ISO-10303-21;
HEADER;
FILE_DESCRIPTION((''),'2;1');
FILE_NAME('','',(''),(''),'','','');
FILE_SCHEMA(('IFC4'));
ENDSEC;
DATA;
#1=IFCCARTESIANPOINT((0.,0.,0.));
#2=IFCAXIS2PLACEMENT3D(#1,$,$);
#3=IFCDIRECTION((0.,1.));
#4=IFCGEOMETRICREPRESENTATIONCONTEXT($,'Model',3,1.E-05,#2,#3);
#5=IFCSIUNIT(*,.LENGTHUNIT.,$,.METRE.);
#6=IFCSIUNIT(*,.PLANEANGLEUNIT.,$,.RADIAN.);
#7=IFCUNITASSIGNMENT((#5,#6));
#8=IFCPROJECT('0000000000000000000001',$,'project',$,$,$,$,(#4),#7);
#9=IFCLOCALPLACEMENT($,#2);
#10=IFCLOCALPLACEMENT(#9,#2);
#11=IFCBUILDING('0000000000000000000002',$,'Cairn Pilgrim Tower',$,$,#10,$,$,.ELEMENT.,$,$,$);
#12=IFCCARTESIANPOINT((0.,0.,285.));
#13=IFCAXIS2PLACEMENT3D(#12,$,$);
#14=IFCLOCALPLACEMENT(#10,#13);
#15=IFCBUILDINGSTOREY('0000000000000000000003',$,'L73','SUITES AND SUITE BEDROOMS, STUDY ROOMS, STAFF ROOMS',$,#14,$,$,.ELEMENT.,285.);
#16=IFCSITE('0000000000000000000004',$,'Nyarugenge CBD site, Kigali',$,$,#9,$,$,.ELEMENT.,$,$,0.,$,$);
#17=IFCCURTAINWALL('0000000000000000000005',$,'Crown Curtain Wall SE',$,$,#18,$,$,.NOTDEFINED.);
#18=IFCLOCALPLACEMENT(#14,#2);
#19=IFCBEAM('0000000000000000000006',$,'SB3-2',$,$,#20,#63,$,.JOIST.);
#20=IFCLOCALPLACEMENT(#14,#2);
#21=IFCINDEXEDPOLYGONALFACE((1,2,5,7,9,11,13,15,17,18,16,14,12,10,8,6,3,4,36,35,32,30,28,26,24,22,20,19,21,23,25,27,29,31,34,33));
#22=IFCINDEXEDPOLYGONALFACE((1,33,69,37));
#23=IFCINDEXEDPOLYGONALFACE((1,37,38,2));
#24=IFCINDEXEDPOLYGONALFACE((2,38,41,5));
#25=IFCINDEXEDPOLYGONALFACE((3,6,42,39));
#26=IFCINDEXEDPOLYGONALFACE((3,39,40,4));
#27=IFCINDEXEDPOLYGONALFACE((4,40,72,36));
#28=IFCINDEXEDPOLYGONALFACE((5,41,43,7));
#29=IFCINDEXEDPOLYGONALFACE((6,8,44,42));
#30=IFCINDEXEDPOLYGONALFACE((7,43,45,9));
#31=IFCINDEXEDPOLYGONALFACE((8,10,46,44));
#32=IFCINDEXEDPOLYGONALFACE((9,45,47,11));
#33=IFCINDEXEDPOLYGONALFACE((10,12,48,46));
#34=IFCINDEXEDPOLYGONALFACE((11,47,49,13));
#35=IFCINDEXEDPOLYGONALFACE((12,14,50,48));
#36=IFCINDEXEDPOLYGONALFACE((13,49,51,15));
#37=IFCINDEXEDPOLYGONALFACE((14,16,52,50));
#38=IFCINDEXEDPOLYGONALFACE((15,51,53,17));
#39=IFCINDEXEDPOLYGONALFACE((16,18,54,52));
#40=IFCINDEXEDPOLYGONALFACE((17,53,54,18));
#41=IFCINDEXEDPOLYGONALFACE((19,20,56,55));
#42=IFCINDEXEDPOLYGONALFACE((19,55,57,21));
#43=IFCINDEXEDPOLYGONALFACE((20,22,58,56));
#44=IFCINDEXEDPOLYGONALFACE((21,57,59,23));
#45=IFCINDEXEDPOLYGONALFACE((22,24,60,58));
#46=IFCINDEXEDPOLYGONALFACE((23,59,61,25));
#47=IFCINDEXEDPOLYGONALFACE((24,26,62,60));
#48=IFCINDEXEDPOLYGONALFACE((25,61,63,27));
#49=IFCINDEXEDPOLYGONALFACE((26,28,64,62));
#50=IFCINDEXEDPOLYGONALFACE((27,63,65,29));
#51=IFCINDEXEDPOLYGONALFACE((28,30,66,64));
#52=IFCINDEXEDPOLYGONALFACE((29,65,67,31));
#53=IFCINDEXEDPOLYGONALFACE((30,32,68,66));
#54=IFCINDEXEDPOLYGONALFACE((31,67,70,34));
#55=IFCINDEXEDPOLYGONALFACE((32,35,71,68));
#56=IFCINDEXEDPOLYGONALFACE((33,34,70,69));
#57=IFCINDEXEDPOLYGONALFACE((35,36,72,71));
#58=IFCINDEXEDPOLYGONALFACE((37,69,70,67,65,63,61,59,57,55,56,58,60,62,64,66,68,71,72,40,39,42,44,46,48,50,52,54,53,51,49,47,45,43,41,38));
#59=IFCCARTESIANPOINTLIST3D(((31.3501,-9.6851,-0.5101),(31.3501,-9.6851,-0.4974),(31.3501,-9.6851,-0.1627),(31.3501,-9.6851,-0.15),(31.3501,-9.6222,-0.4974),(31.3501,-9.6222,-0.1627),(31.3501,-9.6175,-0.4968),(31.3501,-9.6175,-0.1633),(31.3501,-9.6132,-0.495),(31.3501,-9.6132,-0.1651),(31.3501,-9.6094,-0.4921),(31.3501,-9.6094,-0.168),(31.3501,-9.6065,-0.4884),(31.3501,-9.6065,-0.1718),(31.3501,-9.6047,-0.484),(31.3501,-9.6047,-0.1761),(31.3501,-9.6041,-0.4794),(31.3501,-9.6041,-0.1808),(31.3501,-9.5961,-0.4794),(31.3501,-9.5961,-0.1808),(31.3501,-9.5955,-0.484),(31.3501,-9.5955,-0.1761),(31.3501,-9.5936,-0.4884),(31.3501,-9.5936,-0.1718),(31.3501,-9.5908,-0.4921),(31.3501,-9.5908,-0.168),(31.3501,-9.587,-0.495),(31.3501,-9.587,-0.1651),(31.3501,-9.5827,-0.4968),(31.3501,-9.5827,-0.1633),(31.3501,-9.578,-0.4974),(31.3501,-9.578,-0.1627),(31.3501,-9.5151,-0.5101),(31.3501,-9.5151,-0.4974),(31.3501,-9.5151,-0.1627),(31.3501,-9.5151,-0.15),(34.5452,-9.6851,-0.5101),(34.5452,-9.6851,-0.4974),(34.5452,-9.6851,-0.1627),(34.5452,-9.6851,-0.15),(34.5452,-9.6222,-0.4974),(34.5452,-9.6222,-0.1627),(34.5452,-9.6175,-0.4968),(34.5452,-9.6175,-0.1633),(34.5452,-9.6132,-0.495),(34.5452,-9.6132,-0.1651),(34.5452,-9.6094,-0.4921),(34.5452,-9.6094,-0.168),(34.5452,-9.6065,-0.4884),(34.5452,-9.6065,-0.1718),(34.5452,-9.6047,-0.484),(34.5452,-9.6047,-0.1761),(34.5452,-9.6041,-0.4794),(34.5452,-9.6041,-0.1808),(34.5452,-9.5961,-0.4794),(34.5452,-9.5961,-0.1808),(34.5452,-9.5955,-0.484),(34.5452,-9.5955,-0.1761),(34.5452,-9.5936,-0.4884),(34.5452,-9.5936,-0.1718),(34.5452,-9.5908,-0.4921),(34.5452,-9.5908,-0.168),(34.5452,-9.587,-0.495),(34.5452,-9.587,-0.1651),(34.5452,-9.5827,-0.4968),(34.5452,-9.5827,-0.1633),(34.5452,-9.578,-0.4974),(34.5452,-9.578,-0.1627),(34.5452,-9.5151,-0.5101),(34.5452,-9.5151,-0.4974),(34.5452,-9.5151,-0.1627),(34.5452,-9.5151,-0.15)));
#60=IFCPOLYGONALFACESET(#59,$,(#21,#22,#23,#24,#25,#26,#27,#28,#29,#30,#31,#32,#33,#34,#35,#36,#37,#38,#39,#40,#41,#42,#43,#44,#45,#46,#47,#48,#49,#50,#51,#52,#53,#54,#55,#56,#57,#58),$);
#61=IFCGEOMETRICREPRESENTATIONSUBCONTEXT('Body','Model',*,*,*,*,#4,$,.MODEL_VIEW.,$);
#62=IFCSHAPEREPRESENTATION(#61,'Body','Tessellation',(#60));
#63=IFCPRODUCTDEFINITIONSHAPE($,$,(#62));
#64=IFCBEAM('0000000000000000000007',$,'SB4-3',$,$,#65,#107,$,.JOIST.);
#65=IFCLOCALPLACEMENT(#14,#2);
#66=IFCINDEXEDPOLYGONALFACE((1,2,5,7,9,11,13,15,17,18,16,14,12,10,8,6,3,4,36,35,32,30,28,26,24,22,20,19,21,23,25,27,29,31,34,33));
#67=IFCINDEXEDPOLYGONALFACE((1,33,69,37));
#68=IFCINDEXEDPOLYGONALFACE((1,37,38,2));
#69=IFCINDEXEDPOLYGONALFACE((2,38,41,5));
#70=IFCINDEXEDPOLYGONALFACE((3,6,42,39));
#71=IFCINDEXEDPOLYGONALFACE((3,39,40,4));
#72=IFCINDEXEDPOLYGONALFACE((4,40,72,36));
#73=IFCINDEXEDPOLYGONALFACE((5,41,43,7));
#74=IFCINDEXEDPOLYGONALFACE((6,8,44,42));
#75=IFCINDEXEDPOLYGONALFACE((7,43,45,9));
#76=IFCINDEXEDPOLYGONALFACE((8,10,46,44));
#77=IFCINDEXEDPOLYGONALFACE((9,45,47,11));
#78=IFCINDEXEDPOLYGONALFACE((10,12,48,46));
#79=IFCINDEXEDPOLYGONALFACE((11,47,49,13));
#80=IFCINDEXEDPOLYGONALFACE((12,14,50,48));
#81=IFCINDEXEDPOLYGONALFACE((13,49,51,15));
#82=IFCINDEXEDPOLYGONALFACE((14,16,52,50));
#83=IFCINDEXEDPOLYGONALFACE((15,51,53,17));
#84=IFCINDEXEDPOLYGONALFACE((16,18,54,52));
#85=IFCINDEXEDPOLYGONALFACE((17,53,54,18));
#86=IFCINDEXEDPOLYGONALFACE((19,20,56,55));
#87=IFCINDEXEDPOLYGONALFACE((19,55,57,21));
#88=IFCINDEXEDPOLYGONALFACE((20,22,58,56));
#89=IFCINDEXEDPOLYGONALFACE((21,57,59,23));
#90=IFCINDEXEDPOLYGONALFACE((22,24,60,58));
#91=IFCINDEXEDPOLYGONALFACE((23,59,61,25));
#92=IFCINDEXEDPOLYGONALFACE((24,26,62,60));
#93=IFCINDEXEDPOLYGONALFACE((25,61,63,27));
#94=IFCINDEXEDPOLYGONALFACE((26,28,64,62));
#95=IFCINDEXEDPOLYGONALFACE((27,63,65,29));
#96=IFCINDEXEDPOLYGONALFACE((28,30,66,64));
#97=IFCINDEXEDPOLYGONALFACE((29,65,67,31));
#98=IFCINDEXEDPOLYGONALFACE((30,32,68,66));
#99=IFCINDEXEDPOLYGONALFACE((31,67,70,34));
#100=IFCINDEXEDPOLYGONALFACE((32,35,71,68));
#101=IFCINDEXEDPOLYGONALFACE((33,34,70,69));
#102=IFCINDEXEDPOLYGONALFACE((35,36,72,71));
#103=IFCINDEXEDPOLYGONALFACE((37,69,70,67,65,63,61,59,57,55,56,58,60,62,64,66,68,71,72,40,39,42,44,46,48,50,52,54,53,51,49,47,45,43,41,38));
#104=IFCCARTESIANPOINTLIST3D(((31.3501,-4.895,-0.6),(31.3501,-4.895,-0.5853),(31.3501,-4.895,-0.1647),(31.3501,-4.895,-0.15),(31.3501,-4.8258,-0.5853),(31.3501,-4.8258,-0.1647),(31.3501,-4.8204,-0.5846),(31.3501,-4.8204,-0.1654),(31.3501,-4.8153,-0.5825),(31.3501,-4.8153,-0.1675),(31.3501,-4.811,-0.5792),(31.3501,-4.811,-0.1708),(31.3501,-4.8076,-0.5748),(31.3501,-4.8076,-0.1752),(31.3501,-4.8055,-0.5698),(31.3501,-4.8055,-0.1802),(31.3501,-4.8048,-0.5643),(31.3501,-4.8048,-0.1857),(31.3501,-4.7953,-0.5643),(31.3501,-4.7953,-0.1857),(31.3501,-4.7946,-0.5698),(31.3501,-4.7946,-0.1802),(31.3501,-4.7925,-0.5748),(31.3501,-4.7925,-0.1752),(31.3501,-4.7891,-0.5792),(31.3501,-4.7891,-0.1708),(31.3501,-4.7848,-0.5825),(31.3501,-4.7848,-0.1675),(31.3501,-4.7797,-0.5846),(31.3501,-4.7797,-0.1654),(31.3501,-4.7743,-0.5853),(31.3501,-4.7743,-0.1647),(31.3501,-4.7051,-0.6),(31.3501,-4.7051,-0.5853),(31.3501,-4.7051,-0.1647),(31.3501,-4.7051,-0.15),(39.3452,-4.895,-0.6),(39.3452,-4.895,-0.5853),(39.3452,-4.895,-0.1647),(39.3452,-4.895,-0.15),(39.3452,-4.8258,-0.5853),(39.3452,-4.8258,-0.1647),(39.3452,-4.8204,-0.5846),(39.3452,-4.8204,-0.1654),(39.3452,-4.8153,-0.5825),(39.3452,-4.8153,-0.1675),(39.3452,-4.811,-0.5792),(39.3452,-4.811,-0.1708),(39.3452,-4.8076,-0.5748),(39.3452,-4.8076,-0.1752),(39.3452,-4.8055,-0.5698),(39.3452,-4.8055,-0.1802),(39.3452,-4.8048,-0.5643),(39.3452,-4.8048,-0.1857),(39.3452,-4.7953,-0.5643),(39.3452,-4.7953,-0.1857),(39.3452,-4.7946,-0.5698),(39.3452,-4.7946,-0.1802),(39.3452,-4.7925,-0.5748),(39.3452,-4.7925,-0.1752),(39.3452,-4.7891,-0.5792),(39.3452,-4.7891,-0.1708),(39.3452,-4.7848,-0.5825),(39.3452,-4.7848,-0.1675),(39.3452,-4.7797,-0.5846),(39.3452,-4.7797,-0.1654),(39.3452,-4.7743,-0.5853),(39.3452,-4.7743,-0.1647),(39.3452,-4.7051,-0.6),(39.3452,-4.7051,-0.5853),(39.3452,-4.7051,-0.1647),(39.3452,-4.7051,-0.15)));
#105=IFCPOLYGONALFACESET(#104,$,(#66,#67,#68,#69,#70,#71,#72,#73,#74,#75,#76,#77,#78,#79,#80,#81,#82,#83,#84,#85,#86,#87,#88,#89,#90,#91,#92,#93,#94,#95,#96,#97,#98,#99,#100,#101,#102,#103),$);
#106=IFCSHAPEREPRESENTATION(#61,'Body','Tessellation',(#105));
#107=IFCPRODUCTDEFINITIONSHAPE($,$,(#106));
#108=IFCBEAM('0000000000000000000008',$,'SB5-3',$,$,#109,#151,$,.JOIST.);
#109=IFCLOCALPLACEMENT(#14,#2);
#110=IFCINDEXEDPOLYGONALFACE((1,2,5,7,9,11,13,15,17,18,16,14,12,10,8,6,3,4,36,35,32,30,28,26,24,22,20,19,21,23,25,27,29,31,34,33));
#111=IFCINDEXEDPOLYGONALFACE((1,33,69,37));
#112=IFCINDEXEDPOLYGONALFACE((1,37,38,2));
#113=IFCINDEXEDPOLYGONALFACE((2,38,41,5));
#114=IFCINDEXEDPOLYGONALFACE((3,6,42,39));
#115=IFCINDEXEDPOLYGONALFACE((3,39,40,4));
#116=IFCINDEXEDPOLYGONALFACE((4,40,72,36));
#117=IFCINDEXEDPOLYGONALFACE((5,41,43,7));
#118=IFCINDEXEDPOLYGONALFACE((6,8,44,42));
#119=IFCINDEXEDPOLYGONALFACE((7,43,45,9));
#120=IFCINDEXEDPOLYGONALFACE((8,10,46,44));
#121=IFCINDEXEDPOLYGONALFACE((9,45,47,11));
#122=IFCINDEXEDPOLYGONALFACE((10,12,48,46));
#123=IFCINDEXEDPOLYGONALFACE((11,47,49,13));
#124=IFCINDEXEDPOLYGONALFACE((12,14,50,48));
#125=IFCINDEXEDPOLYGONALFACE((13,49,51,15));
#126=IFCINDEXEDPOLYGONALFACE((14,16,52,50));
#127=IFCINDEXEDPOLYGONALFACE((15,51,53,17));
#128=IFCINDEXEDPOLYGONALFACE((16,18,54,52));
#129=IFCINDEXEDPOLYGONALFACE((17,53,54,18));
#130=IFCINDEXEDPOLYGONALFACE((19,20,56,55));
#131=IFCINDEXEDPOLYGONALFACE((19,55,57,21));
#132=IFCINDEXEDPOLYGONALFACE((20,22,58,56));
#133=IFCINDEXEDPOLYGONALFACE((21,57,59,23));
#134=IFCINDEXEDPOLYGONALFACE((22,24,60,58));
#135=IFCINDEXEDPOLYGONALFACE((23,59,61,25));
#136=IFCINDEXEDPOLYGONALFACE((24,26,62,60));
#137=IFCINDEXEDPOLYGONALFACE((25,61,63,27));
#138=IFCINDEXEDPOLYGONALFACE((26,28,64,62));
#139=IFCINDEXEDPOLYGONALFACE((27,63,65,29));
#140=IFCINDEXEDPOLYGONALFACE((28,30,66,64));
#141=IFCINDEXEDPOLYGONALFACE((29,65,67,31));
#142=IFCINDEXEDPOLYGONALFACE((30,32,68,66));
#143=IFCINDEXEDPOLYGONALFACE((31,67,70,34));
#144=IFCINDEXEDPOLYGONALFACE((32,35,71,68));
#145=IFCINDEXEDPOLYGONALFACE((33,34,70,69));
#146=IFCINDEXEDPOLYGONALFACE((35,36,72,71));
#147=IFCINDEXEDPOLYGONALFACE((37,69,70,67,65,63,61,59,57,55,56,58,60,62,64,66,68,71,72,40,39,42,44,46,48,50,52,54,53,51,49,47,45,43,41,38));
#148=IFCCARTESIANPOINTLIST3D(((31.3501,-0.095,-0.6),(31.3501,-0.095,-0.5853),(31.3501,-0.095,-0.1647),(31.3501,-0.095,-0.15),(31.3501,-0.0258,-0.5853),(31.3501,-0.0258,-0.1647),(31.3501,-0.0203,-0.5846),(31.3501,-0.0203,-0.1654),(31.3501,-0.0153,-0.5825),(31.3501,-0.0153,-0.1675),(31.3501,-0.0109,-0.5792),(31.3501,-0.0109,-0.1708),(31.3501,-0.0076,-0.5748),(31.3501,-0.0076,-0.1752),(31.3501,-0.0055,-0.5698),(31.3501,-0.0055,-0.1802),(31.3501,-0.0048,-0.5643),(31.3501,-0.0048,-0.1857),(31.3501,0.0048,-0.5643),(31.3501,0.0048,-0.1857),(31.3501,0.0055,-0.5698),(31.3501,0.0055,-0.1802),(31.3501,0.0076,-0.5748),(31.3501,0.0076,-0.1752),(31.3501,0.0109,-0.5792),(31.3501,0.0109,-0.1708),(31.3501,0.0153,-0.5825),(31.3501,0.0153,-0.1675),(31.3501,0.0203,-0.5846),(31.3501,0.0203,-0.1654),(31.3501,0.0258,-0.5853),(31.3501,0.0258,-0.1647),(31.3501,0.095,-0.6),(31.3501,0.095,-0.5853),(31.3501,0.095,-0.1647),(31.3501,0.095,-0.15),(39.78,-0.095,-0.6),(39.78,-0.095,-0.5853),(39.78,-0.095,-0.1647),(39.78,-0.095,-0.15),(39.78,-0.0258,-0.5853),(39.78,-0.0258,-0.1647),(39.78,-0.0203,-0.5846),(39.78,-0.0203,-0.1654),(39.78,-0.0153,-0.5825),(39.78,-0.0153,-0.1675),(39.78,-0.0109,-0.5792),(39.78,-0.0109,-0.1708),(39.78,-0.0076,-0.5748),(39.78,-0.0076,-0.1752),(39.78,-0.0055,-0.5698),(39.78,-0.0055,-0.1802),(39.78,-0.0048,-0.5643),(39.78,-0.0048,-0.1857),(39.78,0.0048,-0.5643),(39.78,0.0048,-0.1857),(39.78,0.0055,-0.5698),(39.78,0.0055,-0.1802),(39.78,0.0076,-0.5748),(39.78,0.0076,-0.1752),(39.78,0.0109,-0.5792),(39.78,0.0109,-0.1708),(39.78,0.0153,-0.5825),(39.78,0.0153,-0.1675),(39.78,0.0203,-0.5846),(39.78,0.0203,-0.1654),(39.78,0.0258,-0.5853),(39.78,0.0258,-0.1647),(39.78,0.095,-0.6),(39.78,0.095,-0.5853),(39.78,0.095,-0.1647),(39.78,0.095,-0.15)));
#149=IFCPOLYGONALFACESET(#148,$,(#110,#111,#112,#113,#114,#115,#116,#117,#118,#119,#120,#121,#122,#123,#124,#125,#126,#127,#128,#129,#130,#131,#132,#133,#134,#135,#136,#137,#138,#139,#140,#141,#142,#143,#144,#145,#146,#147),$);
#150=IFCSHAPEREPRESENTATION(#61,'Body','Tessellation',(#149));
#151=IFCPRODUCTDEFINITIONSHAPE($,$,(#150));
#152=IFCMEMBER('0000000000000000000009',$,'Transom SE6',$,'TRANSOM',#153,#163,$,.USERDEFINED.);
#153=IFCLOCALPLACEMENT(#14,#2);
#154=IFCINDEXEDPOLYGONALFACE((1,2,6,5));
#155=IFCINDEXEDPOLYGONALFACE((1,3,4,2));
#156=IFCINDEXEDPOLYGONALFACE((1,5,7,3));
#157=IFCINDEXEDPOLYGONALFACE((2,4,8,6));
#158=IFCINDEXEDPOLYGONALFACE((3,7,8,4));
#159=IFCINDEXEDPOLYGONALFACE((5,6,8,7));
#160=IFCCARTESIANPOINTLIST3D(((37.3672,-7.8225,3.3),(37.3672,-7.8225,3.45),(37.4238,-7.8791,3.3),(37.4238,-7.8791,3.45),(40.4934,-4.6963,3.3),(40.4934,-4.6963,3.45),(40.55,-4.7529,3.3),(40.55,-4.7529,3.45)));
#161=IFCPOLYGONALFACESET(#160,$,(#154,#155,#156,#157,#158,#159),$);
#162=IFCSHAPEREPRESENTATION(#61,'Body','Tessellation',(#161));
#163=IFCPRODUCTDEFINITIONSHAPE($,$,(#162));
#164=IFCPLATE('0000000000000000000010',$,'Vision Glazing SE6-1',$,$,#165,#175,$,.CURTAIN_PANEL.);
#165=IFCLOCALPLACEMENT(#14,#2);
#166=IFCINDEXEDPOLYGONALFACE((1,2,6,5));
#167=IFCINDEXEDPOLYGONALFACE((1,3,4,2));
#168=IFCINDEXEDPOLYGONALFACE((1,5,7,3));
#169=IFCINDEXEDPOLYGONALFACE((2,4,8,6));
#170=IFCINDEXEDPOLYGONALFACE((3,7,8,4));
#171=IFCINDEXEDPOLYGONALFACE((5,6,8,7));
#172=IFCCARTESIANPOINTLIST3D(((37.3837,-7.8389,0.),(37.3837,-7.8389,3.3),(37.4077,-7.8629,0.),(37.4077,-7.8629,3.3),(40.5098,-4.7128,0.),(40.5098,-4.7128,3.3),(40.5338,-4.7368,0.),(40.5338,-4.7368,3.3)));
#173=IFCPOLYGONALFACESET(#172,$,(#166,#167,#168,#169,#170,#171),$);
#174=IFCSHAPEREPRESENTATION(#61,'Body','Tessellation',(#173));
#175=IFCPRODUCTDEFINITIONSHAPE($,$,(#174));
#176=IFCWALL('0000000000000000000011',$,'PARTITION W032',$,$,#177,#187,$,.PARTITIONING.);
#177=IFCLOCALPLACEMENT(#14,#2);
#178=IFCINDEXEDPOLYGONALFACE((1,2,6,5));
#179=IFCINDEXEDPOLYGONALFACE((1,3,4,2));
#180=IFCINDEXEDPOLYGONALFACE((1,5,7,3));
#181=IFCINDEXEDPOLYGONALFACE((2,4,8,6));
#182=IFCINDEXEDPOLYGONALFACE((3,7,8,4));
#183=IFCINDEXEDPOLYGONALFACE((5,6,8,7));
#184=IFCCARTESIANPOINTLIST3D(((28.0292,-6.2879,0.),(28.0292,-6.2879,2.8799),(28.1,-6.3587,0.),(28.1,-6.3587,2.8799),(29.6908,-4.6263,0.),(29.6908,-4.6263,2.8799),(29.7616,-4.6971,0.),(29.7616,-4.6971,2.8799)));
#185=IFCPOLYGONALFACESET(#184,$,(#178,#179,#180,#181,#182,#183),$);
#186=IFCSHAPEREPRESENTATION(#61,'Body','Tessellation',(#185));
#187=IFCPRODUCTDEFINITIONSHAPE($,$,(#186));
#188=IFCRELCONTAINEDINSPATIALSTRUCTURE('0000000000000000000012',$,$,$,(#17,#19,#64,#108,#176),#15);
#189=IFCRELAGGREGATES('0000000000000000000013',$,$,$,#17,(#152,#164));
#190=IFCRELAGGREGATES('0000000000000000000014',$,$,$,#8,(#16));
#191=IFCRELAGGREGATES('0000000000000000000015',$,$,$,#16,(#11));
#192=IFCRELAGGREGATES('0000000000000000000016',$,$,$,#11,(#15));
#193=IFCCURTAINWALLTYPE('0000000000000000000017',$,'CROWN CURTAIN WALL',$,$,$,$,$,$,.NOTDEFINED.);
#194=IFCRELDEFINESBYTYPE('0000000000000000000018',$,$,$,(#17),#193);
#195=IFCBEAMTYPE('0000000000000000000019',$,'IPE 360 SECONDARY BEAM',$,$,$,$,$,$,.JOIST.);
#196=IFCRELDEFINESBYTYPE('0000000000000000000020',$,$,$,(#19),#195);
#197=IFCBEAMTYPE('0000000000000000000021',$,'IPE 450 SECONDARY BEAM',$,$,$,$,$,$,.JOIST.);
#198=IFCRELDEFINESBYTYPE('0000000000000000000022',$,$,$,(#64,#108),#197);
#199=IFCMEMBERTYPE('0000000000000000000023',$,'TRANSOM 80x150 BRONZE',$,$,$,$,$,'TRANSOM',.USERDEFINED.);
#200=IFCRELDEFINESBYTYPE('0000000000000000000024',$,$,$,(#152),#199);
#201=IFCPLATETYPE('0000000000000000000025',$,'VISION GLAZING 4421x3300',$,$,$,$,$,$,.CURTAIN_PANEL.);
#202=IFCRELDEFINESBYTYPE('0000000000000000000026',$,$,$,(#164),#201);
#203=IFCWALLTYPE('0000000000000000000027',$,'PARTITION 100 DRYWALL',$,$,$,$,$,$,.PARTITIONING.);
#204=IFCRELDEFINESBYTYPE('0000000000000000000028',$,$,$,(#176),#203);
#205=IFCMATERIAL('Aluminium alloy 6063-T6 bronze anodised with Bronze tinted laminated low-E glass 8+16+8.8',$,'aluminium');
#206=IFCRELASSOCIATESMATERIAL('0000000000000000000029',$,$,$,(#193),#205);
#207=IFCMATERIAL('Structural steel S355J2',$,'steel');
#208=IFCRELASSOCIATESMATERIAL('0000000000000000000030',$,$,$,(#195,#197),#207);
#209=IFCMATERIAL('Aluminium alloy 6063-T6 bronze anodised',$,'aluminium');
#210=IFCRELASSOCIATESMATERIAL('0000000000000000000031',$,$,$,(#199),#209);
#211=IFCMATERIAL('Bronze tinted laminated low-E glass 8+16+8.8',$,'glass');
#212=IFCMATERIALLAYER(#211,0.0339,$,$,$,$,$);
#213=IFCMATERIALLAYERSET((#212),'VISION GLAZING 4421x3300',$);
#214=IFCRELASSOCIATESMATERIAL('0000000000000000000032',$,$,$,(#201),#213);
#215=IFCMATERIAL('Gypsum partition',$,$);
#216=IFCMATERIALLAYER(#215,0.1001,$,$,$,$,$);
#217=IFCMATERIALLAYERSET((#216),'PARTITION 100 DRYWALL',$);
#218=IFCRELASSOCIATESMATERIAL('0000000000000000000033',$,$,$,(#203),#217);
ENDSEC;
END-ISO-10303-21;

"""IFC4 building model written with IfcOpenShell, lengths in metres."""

from ifc_helpers import new_model, si_unit, direction, frame, frame_2d, origin, origin_2d, place, context, subcontext, project, spatial, rectangle, i_section, extrude, material, layer, layer_set, material_profile, profile_set, type_object, element, aggregate, save


model = new_model("IFC4")

# Units and contexts
model_context = context("Model", 3, precision=1e-05, world=origin(), true_north=direction((0.0, 1.0)))
body_context = subcontext(model_context, "Body", "Model", "MODEL_VIEW")
ifc_project = project(units=[si_unit("LENGTHUNIT", "METRE"), si_unit("PLANEANGLEUNIT", "RADIAN")], contexts=[model_context])

# Site, building, storey
site_placement = place(None, origin())
site = spatial("IfcSite", under=ifc_project, at=site_placement, Name="Nyarugenge CBD site, Kigali", CompositionType="ELEMENT", RefElevation=0.0)
building_placement = place(site_placement, origin())
building = spatial("IfcBuilding", under=site, at=building_placement, Name="Cairn Pilgrim Tower", CompositionType="ELEMENT")
storey_placement = place(building_placement, frame((0.0, 0.0, 285.0)))
storey = spatial("IfcBuildingStorey", under=building, at=storey_placement, Name="L73", Description="SUITES AND SUITE BEDROOMS, STUDY ROOMS, STAFF ROOMS", CompositionType="ELEMENT", Elevation=285.0)

# Shared definitions
ifc_material_1 = material(Name="Structural steel S355J2", Category="steel")

# Curtain wall
ifc_material_2 = material(Name="Aluminium alloy 6063-T6 bronze anodised with Bronze tinted laminated low-E glass 8+16+8.8", Category="aluminium")
curtain_wall_type = type_object("IfcCurtainWallType", Name="CROWN CURTAIN WALL", PredefinedType="NOTDEFINED", material=ifc_material_2)
curtain_wall_1_placement = place(storey_placement, origin())
curtain_wall_1 = element("IfcCurtainWall", 1, at=curtain_wall_1_placement, inside=storey, type_object=curtain_wall_type, Name="Crown Curtain Wall SE", PredefinedType="NOTDEFINED")
ifc_material_3 = material(Name="Aluminium alloy 6063-T6 bronze anodised", Category="aluminium")

# Beams
ifc_material_profile_1 = material_profile(ifc_material_1, i_section(OverallWidth=0.1699, OverallDepth=0.3601, WebThickness=0.0081, FlangeThickness=0.0127, FilletRadius=0.0181, at=origin_2d()), Name="IPE 360")
ifc_profile_set_1 = profile_set([ifc_material_profile_1], Name="Structural steel S355J2")
beam_type_1 = type_object("IfcBeamType", Name="IPE 360 SECONDARY BEAM", PredefinedType="JOIST", material=ifc_profile_set_1)
beam_1_placement = place(storey_placement, frame((31.3501, -9.6001, -0.3301), z_axis=(1.0, 0.0, 0.0), x_axis=(0.0, 1.0, 0.0)))
element("IfcBeam", 2, at=beam_1_placement, inside=storey, type_object=beam_type_1, Name="SB3-2", PredefinedType="JOIST", context=body_context, shape_type="SweptSolid", body=[
    extrude(i_section(OverallWidth=0.1699, OverallDepth=0.3601, WebThickness=0.0081, FlangeThickness=0.0127, FilletRadius=0.0181, at=origin_2d()), origin(), (0.0, 0.0, 1.0), 3.1951),
])
ifc_material_profile_2 = material_profile(ifc_material_1, i_section(OverallWidth=0.1899, OverallDepth=0.45, WebThickness=0.0095, FlangeThickness=0.0146, FilletRadius=0.021, at=origin_2d()), Name="IPE 450")
ifc_profile_set_2 = profile_set([ifc_material_profile_2], Name="Structural steel S355J2")
beam_type_2 = type_object("IfcBeamType", Name="IPE 450 SECONDARY BEAM", PredefinedType="JOIST", material=ifc_profile_set_2)
beam_2_placement = place(storey_placement, frame((31.3501, -4.8, -0.375), z_axis=(1.0, 0.0, 0.0), x_axis=(0.0, 1.0, 0.0)))
element("IfcBeam", 3, at=beam_2_placement, inside=storey, type_object=beam_type_2, Name="SB4-3", PredefinedType="JOIST", context=body_context, shape_type="SweptSolid", body=[
    extrude(i_section(OverallWidth=0.1899, OverallDepth=0.45, WebThickness=0.0095, FlangeThickness=0.0146, FilletRadius=0.021, at=origin_2d()), origin(), (0.0, 0.0, 1.0), 7.9951),
])
beam_3_placement = place(storey_placement, frame((31.3501, 0.0, -0.375), z_axis=(1.0, 0.0, 0.0), x_axis=(0.0, 1.0, 0.0)))
element("IfcBeam", 4, at=beam_3_placement, inside=storey, type_object=beam_type_2, Name="SB5-3", PredefinedType="JOIST", context=body_context, shape_type="SweptSolid", body=[
    extrude(i_section(OverallWidth=0.1899, OverallDepth=0.45, WebThickness=0.0095, FlangeThickness=0.0146, FilletRadius=0.021, at=origin_2d()), origin(), (0.0, 0.0, 1.0), 8.4299),
])

# Member
ifc_material_profile_3 = material_profile(ifc_material_3, rectangle(XDim=0.0801, YDim=0.1499, at=origin_2d()), Name="TRANSOM 80x150 BRONZE")
ifc_profile_set_3 = profile_set([ifc_material_profile_3], Name="Aluminium alloy 6063-T6 bronze anodised")
member_type_1 = type_object("IfcMemberType", Name="TRANSOM 80x150 BRONZE", ElementType="TRANSOM", PredefinedType="USERDEFINED", material=ifc_profile_set_3)
member_1_placement = place(storey_placement, frame((37.3955, -7.8508, 3.375), z_axis=(0.707107, 0.707107, 0.0), x_axis=(-0.707107, 0.707107, 0.0)))
member_1 = element("IfcMember", 5, at=member_1_placement, type_object=member_type_1, Name="Transom SE6", ObjectType="TRANSOM", PredefinedType="USERDEFINED", context=body_context, shape_type="SweptSolid", body=[
    extrude(rectangle(XDim=0.0801, YDim=0.1499, at=origin_2d()), origin(), (0.0, 0.0, 1.0), 4.4211),
])

# Plate
ifc_material_4 = material(Name="Bronze tinted laminated low-E glass 8+16+8.8", Category="glass")
ifc_layer_1 = layer(ifc_material_4, 0.0339)
ifc_layer_set_1 = layer_set([ifc_layer_1], Name="VISION GLAZING 4421x3300")
plate_type = type_object("IfcPlateType", Name="VISION GLAZING 4421x3300", PredefinedType="CURTAIN_PANEL", material=ifc_layer_set_1)
plate_placement = place(storey_placement, frame((38.9587, -6.2878, 0.0), z_axis=(0.0, 0.0, 1.0), x_axis=(0.707107, 0.707107, 0.0)))
plate = element("IfcPlate", 6, at=plate_placement, type_object=plate_type, Name="Vision Glazing SE6-1", PredefinedType="CURTAIN_PANEL", context=body_context, shape_type="SweptSolid", body=[
    extrude(rectangle(XDim=4.4209, YDim=0.0339, at=origin_2d()), origin(), (0.0, 0.0, 1.0), 3.3),
])
aggregate(curtain_wall_1, [member_1, plate])

# Wall
ifc_material_5 = material(Name="Gypsum partition")
ifc_layer_2 = layer(ifc_material_5, 0.1001)
ifc_layer_set_2 = layer_set([ifc_layer_2], Name="PARTITION 100 DRYWALL")
wall_type_1 = type_object("IfcWallType", Name="PARTITION 100 DRYWALL", PredefinedType="PARTITIONING", material=ifc_layer_set_2)
wall_1_placement = place(storey_placement, frame((28.0647, -6.3232, 0.0), z_axis=(0.0, 0.0, 1.0), x_axis=(0.707107, 0.707107, 0.0)))
element("IfcWall", 7, at=wall_1_placement, inside=storey, type_object=wall_type_1, Name="PARTITION W032", PredefinedType="PARTITIONING", context=body_context, shape_type="SweptSolid", body=[
    extrude(rectangle(XDim=2.3499, YDim=0.1001, at=frame_2d((1.1748, 0.0))), origin(), (0.0, 0.0, 1.0), 2.8799),
])

save(model, "model.ifc")
